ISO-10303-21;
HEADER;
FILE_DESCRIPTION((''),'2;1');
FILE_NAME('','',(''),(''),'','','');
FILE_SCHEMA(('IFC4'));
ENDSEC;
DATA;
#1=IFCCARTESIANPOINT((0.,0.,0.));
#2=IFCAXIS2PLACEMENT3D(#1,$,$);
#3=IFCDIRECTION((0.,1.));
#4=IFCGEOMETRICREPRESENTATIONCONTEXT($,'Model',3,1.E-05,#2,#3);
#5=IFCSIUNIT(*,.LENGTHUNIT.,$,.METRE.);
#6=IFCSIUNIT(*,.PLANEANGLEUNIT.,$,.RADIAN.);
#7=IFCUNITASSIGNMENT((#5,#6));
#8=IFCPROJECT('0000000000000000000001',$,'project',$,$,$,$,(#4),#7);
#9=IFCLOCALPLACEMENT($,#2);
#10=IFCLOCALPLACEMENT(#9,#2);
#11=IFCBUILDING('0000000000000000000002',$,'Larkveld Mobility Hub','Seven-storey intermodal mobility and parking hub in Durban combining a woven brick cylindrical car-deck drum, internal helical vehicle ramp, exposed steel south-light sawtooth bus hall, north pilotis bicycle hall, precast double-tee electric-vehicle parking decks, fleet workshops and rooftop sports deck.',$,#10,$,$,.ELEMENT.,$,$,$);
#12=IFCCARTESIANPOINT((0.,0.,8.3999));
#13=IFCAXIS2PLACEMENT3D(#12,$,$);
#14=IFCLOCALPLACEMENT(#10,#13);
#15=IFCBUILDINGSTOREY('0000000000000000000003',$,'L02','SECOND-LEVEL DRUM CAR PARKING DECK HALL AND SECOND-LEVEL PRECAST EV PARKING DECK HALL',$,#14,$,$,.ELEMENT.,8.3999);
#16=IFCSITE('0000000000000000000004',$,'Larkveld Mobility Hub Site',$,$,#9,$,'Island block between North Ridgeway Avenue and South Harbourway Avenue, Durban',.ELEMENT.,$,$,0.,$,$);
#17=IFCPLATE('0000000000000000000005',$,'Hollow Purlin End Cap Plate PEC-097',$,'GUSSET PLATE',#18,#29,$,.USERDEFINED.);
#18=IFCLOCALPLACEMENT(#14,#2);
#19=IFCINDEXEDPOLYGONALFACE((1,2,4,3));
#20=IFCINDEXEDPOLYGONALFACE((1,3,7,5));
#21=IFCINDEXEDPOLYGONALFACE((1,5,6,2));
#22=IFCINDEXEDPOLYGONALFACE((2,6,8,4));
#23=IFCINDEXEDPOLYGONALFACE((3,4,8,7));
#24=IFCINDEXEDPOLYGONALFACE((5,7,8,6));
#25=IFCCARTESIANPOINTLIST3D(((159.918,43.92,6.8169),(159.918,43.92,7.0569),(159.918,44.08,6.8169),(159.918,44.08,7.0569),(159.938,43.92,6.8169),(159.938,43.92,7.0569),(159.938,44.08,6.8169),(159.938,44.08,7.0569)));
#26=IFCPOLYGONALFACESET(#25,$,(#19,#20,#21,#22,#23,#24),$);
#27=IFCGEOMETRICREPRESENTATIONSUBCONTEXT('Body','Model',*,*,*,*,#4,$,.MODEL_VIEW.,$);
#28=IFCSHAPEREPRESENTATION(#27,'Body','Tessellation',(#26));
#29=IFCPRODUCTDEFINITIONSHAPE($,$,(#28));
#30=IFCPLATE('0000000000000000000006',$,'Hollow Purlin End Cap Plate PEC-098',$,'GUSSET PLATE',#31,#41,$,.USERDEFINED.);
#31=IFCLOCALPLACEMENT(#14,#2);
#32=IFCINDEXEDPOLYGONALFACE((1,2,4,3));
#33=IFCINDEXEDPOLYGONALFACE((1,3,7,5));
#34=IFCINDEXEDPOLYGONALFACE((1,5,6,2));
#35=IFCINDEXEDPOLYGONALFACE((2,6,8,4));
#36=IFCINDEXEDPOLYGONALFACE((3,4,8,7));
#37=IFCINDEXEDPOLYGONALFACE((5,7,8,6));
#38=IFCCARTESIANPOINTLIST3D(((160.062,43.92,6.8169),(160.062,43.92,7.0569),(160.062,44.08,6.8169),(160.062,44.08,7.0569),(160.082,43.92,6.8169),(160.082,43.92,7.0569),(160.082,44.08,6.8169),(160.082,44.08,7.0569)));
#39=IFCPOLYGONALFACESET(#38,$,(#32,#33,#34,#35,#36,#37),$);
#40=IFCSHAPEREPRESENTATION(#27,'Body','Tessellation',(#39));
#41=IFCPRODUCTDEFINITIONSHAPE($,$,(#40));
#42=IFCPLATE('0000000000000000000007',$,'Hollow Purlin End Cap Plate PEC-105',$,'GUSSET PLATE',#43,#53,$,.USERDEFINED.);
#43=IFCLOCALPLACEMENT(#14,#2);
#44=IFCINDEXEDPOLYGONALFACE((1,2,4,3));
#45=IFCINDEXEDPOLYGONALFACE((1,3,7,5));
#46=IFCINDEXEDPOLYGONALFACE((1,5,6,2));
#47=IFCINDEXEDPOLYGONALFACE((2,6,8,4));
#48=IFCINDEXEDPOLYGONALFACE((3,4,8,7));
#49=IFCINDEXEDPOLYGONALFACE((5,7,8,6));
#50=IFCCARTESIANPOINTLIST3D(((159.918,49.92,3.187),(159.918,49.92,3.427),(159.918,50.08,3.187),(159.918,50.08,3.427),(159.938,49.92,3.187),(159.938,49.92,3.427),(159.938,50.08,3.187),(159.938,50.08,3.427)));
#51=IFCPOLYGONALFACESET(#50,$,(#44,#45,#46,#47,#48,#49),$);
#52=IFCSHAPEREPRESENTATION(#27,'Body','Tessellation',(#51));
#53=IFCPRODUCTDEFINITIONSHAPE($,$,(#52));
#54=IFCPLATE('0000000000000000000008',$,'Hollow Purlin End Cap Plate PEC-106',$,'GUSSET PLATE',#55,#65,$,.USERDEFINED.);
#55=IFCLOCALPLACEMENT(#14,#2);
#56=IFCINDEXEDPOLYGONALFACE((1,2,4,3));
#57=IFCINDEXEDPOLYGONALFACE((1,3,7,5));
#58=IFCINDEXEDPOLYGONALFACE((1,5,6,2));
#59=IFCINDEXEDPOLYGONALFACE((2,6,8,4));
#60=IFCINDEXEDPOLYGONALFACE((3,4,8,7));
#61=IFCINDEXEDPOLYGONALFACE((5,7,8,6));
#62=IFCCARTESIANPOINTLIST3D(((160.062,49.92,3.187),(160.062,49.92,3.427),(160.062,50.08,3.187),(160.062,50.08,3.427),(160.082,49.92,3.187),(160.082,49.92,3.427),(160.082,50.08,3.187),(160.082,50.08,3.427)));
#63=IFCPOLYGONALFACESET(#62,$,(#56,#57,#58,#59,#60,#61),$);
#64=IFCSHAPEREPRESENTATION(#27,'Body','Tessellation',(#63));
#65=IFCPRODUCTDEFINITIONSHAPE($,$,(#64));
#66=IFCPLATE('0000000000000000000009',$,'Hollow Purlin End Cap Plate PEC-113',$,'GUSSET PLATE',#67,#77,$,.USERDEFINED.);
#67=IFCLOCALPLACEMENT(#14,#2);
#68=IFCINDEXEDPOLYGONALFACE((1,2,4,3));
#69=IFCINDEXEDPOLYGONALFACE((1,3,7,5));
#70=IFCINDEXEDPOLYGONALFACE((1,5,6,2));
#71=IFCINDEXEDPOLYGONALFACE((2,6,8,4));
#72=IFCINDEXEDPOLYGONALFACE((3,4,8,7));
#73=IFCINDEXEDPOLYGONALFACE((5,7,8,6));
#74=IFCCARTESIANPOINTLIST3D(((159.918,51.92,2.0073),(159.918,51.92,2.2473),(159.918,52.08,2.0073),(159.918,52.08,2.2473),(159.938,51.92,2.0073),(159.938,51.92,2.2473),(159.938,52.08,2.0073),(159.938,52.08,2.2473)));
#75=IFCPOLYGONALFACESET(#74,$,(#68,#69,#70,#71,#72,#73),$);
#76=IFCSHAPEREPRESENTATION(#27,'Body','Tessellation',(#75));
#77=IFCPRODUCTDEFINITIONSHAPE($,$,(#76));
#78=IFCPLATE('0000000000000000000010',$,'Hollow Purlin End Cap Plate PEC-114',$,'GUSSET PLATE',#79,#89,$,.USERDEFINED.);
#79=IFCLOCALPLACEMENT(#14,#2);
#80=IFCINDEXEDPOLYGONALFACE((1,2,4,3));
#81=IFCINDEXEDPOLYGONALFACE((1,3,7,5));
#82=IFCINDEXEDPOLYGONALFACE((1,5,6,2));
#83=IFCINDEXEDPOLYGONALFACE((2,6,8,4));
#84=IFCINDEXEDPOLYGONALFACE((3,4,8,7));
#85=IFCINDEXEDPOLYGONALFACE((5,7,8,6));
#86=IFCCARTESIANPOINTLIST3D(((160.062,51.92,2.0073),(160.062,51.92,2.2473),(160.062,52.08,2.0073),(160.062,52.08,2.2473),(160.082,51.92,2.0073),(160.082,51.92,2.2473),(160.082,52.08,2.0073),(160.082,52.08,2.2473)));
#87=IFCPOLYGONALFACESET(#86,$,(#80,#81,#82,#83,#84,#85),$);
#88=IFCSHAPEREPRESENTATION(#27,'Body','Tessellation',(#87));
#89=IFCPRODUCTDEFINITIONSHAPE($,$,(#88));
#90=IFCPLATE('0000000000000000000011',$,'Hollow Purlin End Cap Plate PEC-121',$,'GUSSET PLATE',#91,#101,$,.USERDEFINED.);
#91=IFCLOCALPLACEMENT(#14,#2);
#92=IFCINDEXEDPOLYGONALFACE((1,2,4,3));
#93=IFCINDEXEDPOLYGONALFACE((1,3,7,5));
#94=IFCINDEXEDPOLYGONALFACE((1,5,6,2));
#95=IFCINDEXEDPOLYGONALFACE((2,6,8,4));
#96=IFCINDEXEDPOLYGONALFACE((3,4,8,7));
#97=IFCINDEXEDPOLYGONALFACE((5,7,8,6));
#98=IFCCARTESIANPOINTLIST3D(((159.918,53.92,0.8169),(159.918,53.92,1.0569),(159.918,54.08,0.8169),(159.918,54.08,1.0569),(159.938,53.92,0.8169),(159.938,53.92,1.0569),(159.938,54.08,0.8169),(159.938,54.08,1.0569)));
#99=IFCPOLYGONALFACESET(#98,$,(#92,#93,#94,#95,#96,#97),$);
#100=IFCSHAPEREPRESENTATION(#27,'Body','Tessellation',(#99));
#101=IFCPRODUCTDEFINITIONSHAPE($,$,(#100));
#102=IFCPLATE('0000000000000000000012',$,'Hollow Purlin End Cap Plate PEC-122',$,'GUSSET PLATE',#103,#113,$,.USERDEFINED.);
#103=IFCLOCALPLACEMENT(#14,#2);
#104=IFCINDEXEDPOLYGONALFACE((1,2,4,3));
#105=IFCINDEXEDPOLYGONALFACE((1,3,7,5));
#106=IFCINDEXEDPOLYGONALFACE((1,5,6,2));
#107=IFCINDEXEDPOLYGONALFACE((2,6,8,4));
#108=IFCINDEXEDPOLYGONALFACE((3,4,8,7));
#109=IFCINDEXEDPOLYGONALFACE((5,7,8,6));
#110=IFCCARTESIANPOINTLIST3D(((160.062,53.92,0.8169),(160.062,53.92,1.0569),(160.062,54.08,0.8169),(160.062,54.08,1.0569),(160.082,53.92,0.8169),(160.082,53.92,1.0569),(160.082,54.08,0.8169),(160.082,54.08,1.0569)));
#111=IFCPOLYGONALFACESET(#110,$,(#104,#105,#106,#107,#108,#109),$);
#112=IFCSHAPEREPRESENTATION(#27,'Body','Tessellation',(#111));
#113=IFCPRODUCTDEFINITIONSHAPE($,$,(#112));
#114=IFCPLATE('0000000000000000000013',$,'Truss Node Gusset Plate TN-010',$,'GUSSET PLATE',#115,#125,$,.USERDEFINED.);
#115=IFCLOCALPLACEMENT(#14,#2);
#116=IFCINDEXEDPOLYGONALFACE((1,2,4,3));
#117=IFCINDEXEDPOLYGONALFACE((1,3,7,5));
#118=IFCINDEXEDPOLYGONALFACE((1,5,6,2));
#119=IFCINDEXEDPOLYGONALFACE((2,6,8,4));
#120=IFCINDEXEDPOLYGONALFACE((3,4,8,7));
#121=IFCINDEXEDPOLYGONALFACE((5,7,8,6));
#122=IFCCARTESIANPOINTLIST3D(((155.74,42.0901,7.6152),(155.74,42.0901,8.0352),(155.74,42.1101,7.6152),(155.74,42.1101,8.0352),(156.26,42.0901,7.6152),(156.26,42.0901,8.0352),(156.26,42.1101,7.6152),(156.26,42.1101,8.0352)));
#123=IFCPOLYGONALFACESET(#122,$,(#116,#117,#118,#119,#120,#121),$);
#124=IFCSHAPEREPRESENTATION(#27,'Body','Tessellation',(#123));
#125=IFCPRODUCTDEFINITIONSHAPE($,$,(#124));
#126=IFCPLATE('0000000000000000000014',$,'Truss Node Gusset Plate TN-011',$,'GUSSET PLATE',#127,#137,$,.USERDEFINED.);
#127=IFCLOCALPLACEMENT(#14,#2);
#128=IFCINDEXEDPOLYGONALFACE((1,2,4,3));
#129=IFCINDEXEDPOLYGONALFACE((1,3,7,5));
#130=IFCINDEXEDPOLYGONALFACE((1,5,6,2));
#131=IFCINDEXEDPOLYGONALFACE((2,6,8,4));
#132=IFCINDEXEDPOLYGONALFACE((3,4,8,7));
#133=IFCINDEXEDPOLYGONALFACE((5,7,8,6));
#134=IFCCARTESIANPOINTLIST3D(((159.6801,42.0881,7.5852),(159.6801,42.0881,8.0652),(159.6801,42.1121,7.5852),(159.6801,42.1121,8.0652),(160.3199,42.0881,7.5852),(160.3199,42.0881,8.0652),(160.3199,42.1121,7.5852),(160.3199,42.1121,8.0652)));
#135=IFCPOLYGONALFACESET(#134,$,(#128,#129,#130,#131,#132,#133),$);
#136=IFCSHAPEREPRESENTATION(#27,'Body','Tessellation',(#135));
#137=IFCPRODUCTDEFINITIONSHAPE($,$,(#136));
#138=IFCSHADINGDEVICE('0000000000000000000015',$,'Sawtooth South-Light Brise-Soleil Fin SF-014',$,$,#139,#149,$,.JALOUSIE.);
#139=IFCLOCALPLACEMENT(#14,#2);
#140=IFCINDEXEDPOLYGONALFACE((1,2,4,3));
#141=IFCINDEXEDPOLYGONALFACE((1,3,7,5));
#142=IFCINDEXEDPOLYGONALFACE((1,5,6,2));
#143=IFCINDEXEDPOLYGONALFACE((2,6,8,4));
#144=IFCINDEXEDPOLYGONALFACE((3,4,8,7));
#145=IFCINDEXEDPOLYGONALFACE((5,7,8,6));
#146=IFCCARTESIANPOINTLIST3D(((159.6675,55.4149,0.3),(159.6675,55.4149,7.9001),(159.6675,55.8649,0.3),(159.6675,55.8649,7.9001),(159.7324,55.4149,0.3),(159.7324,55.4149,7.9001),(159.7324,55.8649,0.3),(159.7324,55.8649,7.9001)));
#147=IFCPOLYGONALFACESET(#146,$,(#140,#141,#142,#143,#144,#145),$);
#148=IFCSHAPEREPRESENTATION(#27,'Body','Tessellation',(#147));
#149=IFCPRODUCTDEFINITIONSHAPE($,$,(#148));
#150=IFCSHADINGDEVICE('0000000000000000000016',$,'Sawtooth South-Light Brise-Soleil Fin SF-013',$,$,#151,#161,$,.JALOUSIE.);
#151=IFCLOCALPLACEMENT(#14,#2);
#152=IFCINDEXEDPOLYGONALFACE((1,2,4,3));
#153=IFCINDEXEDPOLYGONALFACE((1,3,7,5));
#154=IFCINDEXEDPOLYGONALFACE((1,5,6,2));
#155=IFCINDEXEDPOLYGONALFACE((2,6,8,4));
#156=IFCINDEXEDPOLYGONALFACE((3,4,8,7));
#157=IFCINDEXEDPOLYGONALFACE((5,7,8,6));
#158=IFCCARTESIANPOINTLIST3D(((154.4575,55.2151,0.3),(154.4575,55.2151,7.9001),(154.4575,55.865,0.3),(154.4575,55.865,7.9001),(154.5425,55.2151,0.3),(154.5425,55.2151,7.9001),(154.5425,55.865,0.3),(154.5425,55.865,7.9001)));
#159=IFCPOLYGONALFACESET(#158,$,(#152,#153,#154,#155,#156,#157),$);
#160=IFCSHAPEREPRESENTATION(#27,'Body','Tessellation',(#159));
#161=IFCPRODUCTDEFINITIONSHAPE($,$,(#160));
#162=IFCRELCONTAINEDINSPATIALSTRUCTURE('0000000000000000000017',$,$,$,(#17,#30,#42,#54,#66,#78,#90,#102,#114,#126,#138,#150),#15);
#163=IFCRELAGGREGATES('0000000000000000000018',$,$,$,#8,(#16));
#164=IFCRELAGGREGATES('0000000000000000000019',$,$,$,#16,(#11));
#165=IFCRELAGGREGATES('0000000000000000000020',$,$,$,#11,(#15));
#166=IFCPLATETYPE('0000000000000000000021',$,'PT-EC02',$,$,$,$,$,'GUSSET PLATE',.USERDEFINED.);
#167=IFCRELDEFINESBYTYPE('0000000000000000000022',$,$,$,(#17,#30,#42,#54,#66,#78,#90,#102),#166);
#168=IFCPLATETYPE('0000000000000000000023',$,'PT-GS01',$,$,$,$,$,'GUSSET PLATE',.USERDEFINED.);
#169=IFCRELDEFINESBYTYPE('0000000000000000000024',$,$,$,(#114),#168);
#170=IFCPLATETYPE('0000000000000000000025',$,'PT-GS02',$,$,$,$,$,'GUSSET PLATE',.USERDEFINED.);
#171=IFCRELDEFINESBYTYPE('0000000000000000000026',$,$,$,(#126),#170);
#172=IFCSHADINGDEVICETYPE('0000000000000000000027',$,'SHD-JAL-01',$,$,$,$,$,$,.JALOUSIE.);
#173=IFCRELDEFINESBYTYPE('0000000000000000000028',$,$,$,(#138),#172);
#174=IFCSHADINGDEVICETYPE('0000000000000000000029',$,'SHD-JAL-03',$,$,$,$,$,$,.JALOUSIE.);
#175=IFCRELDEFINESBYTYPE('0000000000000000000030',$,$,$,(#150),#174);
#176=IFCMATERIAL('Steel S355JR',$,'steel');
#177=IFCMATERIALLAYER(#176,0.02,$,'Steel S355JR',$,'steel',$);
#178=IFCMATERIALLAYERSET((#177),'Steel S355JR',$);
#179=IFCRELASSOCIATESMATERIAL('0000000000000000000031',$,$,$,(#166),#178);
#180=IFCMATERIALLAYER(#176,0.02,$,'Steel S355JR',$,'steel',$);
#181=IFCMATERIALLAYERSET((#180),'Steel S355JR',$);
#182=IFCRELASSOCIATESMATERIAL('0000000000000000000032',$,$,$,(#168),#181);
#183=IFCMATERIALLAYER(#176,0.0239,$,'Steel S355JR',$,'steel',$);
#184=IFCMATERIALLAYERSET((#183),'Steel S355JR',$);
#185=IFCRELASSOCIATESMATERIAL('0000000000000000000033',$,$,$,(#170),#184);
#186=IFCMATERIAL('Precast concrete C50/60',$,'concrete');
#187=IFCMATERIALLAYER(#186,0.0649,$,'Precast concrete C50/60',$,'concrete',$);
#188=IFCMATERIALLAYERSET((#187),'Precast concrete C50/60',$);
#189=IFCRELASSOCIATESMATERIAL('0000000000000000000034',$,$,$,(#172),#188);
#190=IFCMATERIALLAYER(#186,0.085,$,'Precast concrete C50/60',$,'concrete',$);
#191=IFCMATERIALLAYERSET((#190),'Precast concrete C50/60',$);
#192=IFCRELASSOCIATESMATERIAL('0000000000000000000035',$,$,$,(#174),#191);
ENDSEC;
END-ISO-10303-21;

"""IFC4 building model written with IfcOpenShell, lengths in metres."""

from ifc_helpers import new_model, si_unit, direction, frame, origin, origin_2d, place, context, subcontext, project, spatial, rectangle, extrude, material, layer, layer_set, type_object, element, save


model = new_model("IFC4")

# Units and contexts
model_context = context("Model", 3, precision=1e-05, world=origin(), true_north=direction((0.0, 1.0)))
body_context = subcontext(model_context, "Body", "Model", "MODEL_VIEW")
ifc_project = project(units=[si_unit("LENGTHUNIT", "METRE"), si_unit("PLANEANGLEUNIT", "RADIAN")], contexts=[model_context])

# Site, building, storey
site_placement = place(None, origin())
site = spatial("IfcSite", under=ifc_project, at=site_placement, Name="Larkveld Mobility Hub Site", LongName="Island block between North Ridgeway Avenue and South Harbourway Avenue, Durban", CompositionType="ELEMENT", RefElevation=0.0)
building_placement = place(site_placement, origin())
building = spatial("IfcBuilding", under=site, at=building_placement, Name="Larkveld Mobility Hub", Description="Seven-storey intermodal mobility and parking hub in Durban combining a woven brick cylindrical car-deck drum, internal helical vehicle ramp, exposed steel south-light sawtooth bus hall, north pilotis bicycle hall, precast double-tee electric-vehicle parking decks, fleet workshops and rooftop sports deck.", CompositionType="ELEMENT")
storey_placement = place(building_placement, frame((0.0, 0.0, 8.3999)))
storey = spatial("IfcBuildingStorey", under=building, at=storey_placement, Name="L02", Description="SECOND-LEVEL DRUM CAR PARKING DECK HALL AND SECOND-LEVEL PRECAST EV PARKING DECK HALL", CompositionType="ELEMENT", Elevation=8.3999)

# Shared definitions
ifc_material_1 = material(Name="Steel S355JR", Category="steel")

# Plates
ifc_layer_1 = layer(ifc_material_1, 0.02, Name="Steel S355JR", Category="steel")
ifc_layer_set_1 = layer_set([ifc_layer_1], Name="Steel S355JR")
plate_type_1 = type_object("IfcPlateType", Name="PT-EC02", ElementType="GUSSET PLATE", PredefinedType="USERDEFINED", material=ifc_layer_set_1)
for number, where, z_axis, x_axis, name in (
    (1, (159.928, 44.0, 6.8169), (0.0, 0.0, 1.0), (1.0, 0.0, 0.0), "Hollow Purlin End Cap Plate PEC-097"),
    (2, (160.072, 44.0, 6.8169), (0.0, 0.0, 1.0), (1.0, 0.0, 0.0), "Hollow Purlin End Cap Plate PEC-098"),
    (3, (159.928, 50.0, 3.187), (0.0, 0.0, 1.0), (1.0, 0.0, 0.0), "Hollow Purlin End Cap Plate PEC-105"),
    (4, (160.072, 50.0, 3.187), (0.0, 0.0, 1.0), (1.0, 0.0, 0.0), "Hollow Purlin End Cap Plate PEC-106"),
    (5, (159.928, 52.0, 2.0073), (0.0, 0.0, 1.0), (1.0, 0.0, 0.0), "Hollow Purlin End Cap Plate PEC-113"),
    (6, (160.072, 52.0, 2.0073), (0.0, 0.0, 1.0), (1.0, 0.0, 0.0), "Hollow Purlin End Cap Plate PEC-114"),
    (7, (159.928, 54.0, 0.8169), (0.0, 0.0, 1.0), (1.0, 0.0, 0.0), "Hollow Purlin End Cap Plate PEC-121"),
    (8, (160.072, 54.0, 0.8169), (0.0, 0.0, 1.0), (1.0, 0.0, 0.0), "Hollow Purlin End Cap Plate PEC-122"),
):
    element("IfcPlate", number, at=place(storey_placement, frame(where, z_axis=z_axis, x_axis=x_axis)), inside=storey, type_object=plate_type_1, Name=name, ObjectType="GUSSET PLATE", PredefinedType="USERDEFINED", context=body_context, shape_type="SweptSolid", body=[
        extrude(rectangle(XDim=0.02, YDim=0.1599, at=origin_2d()), origin(), (0.0, 0.0, 1.0), 0.24),
    ])
ifc_layer_2 = layer(ifc_material_1, 0.02, Name="Steel S355JR", Category="steel")
ifc_layer_set_2 = layer_set([ifc_layer_2], Name="Steel S355JR")
plate_type_2 = type_object("IfcPlateType", Name="PT-GS01", ElementType="GUSSET PLATE", PredefinedType="USERDEFINED", material=ifc_layer_set_2)
plate_1_placement = place(storey_placement, frame((156.0, 42.1001, 7.6152), z_axis=(0.0, 0.0, 1.0), x_axis=(1.0, 0.0, 0.0)))
element("IfcPlate", 9, at=plate_1_placement, inside=storey, type_object=plate_type_2, Name="Truss Node Gusset Plate TN-010", ObjectType="GUSSET PLATE", PredefinedType="USERDEFINED", context=body_context, shape_type="SweptSolid", body=[
    extrude(rectangle(XDim=0.52, YDim=0.02, at=origin_2d()), origin(), (0.0, 0.0, 1.0), 0.4199),
])
ifc_layer_3 = layer(ifc_material_1, 0.0239, Name="Steel S355JR", Category="steel")
ifc_layer_set_3 = layer_set([ifc_layer_3], Name="Steel S355JR")
plate_type_3 = type_object("IfcPlateType", Name="PT-GS02", ElementType="GUSSET PLATE", PredefinedType="USERDEFINED", material=ifc_layer_set_3)
plate_2_placement = place(storey_placement, frame((160.0, 42.1001, 7.5852), z_axis=(0.0, 0.0, 1.0), x_axis=(1.0, 0.0, 0.0)))
element("IfcPlate", 10, at=plate_2_placement, inside=storey, type_object=plate_type_3, Name="Truss Node Gusset Plate TN-011", ObjectType="GUSSET PLATE", PredefinedType="USERDEFINED", context=body_context, shape_type="SweptSolid", body=[
    extrude(rectangle(XDim=0.6399, YDim=0.0239, at=origin_2d()), origin(), (0.0, 0.0, 1.0), 0.48),
])

# Shading devices
ifc_material_2 = material(Name="Precast concrete C50/60", Category="concrete")
ifc_layer_4 = layer(ifc_material_2, 0.0649, Name="Precast concrete C50/60", Category="concrete")
ifc_layer_set_4 = layer_set([ifc_layer_4], Name="Precast concrete C50/60")
shading_device_type_1 = type_object("IfcShadingDeviceType", Name="SHD-JAL-01", PredefinedType="JALOUSIE", material=ifc_layer_set_4)
shading_device_1_placement = place(storey_placement, frame((159.7, 55.6399, 0.3), z_axis=(0.0, 0.0, 1.0), x_axis=(1.0, 0.0, 0.0)))
element("IfcShadingDevice", 11, at=shading_device_1_placement, inside=storey, type_object=shading_device_type_1, Name="Sawtooth South-Light Brise-Soleil Fin SF-014", PredefinedType="JALOUSIE", context=body_context, shape_type="SweptSolid", body=[
    extrude(rectangle(XDim=0.0649, YDim=0.45, at=origin_2d()), origin(), (0.0, 0.0, 1.0), 7.6001),
])
ifc_layer_5 = layer(ifc_material_2, 0.085, Name="Precast concrete C50/60", Category="concrete")
ifc_layer_set_5 = layer_set([ifc_layer_5], Name="Precast concrete C50/60")
shading_device_type_2 = type_object("IfcShadingDeviceType", Name="SHD-JAL-03", PredefinedType="JALOUSIE", material=ifc_layer_set_5)
shading_device_2_placement = place(storey_placement, frame((154.5, 55.54, 0.3), z_axis=(0.0, 0.0, 1.0), x_axis=(1.0, 0.0, 0.0)))
element("IfcShadingDevice", 12, at=shading_device_2_placement, inside=storey, type_object=shading_device_type_2, Name="Sawtooth South-Light Brise-Soleil Fin SF-013", PredefinedType="JALOUSIE", context=body_context, shape_type="SweptSolid", body=[
    extrude(rectangle(XDim=0.085, YDim=0.6499, at=origin_2d()), origin(), (0.0, 0.0, 1.0), 7.6001),
])

save(model, "model.ifc")
